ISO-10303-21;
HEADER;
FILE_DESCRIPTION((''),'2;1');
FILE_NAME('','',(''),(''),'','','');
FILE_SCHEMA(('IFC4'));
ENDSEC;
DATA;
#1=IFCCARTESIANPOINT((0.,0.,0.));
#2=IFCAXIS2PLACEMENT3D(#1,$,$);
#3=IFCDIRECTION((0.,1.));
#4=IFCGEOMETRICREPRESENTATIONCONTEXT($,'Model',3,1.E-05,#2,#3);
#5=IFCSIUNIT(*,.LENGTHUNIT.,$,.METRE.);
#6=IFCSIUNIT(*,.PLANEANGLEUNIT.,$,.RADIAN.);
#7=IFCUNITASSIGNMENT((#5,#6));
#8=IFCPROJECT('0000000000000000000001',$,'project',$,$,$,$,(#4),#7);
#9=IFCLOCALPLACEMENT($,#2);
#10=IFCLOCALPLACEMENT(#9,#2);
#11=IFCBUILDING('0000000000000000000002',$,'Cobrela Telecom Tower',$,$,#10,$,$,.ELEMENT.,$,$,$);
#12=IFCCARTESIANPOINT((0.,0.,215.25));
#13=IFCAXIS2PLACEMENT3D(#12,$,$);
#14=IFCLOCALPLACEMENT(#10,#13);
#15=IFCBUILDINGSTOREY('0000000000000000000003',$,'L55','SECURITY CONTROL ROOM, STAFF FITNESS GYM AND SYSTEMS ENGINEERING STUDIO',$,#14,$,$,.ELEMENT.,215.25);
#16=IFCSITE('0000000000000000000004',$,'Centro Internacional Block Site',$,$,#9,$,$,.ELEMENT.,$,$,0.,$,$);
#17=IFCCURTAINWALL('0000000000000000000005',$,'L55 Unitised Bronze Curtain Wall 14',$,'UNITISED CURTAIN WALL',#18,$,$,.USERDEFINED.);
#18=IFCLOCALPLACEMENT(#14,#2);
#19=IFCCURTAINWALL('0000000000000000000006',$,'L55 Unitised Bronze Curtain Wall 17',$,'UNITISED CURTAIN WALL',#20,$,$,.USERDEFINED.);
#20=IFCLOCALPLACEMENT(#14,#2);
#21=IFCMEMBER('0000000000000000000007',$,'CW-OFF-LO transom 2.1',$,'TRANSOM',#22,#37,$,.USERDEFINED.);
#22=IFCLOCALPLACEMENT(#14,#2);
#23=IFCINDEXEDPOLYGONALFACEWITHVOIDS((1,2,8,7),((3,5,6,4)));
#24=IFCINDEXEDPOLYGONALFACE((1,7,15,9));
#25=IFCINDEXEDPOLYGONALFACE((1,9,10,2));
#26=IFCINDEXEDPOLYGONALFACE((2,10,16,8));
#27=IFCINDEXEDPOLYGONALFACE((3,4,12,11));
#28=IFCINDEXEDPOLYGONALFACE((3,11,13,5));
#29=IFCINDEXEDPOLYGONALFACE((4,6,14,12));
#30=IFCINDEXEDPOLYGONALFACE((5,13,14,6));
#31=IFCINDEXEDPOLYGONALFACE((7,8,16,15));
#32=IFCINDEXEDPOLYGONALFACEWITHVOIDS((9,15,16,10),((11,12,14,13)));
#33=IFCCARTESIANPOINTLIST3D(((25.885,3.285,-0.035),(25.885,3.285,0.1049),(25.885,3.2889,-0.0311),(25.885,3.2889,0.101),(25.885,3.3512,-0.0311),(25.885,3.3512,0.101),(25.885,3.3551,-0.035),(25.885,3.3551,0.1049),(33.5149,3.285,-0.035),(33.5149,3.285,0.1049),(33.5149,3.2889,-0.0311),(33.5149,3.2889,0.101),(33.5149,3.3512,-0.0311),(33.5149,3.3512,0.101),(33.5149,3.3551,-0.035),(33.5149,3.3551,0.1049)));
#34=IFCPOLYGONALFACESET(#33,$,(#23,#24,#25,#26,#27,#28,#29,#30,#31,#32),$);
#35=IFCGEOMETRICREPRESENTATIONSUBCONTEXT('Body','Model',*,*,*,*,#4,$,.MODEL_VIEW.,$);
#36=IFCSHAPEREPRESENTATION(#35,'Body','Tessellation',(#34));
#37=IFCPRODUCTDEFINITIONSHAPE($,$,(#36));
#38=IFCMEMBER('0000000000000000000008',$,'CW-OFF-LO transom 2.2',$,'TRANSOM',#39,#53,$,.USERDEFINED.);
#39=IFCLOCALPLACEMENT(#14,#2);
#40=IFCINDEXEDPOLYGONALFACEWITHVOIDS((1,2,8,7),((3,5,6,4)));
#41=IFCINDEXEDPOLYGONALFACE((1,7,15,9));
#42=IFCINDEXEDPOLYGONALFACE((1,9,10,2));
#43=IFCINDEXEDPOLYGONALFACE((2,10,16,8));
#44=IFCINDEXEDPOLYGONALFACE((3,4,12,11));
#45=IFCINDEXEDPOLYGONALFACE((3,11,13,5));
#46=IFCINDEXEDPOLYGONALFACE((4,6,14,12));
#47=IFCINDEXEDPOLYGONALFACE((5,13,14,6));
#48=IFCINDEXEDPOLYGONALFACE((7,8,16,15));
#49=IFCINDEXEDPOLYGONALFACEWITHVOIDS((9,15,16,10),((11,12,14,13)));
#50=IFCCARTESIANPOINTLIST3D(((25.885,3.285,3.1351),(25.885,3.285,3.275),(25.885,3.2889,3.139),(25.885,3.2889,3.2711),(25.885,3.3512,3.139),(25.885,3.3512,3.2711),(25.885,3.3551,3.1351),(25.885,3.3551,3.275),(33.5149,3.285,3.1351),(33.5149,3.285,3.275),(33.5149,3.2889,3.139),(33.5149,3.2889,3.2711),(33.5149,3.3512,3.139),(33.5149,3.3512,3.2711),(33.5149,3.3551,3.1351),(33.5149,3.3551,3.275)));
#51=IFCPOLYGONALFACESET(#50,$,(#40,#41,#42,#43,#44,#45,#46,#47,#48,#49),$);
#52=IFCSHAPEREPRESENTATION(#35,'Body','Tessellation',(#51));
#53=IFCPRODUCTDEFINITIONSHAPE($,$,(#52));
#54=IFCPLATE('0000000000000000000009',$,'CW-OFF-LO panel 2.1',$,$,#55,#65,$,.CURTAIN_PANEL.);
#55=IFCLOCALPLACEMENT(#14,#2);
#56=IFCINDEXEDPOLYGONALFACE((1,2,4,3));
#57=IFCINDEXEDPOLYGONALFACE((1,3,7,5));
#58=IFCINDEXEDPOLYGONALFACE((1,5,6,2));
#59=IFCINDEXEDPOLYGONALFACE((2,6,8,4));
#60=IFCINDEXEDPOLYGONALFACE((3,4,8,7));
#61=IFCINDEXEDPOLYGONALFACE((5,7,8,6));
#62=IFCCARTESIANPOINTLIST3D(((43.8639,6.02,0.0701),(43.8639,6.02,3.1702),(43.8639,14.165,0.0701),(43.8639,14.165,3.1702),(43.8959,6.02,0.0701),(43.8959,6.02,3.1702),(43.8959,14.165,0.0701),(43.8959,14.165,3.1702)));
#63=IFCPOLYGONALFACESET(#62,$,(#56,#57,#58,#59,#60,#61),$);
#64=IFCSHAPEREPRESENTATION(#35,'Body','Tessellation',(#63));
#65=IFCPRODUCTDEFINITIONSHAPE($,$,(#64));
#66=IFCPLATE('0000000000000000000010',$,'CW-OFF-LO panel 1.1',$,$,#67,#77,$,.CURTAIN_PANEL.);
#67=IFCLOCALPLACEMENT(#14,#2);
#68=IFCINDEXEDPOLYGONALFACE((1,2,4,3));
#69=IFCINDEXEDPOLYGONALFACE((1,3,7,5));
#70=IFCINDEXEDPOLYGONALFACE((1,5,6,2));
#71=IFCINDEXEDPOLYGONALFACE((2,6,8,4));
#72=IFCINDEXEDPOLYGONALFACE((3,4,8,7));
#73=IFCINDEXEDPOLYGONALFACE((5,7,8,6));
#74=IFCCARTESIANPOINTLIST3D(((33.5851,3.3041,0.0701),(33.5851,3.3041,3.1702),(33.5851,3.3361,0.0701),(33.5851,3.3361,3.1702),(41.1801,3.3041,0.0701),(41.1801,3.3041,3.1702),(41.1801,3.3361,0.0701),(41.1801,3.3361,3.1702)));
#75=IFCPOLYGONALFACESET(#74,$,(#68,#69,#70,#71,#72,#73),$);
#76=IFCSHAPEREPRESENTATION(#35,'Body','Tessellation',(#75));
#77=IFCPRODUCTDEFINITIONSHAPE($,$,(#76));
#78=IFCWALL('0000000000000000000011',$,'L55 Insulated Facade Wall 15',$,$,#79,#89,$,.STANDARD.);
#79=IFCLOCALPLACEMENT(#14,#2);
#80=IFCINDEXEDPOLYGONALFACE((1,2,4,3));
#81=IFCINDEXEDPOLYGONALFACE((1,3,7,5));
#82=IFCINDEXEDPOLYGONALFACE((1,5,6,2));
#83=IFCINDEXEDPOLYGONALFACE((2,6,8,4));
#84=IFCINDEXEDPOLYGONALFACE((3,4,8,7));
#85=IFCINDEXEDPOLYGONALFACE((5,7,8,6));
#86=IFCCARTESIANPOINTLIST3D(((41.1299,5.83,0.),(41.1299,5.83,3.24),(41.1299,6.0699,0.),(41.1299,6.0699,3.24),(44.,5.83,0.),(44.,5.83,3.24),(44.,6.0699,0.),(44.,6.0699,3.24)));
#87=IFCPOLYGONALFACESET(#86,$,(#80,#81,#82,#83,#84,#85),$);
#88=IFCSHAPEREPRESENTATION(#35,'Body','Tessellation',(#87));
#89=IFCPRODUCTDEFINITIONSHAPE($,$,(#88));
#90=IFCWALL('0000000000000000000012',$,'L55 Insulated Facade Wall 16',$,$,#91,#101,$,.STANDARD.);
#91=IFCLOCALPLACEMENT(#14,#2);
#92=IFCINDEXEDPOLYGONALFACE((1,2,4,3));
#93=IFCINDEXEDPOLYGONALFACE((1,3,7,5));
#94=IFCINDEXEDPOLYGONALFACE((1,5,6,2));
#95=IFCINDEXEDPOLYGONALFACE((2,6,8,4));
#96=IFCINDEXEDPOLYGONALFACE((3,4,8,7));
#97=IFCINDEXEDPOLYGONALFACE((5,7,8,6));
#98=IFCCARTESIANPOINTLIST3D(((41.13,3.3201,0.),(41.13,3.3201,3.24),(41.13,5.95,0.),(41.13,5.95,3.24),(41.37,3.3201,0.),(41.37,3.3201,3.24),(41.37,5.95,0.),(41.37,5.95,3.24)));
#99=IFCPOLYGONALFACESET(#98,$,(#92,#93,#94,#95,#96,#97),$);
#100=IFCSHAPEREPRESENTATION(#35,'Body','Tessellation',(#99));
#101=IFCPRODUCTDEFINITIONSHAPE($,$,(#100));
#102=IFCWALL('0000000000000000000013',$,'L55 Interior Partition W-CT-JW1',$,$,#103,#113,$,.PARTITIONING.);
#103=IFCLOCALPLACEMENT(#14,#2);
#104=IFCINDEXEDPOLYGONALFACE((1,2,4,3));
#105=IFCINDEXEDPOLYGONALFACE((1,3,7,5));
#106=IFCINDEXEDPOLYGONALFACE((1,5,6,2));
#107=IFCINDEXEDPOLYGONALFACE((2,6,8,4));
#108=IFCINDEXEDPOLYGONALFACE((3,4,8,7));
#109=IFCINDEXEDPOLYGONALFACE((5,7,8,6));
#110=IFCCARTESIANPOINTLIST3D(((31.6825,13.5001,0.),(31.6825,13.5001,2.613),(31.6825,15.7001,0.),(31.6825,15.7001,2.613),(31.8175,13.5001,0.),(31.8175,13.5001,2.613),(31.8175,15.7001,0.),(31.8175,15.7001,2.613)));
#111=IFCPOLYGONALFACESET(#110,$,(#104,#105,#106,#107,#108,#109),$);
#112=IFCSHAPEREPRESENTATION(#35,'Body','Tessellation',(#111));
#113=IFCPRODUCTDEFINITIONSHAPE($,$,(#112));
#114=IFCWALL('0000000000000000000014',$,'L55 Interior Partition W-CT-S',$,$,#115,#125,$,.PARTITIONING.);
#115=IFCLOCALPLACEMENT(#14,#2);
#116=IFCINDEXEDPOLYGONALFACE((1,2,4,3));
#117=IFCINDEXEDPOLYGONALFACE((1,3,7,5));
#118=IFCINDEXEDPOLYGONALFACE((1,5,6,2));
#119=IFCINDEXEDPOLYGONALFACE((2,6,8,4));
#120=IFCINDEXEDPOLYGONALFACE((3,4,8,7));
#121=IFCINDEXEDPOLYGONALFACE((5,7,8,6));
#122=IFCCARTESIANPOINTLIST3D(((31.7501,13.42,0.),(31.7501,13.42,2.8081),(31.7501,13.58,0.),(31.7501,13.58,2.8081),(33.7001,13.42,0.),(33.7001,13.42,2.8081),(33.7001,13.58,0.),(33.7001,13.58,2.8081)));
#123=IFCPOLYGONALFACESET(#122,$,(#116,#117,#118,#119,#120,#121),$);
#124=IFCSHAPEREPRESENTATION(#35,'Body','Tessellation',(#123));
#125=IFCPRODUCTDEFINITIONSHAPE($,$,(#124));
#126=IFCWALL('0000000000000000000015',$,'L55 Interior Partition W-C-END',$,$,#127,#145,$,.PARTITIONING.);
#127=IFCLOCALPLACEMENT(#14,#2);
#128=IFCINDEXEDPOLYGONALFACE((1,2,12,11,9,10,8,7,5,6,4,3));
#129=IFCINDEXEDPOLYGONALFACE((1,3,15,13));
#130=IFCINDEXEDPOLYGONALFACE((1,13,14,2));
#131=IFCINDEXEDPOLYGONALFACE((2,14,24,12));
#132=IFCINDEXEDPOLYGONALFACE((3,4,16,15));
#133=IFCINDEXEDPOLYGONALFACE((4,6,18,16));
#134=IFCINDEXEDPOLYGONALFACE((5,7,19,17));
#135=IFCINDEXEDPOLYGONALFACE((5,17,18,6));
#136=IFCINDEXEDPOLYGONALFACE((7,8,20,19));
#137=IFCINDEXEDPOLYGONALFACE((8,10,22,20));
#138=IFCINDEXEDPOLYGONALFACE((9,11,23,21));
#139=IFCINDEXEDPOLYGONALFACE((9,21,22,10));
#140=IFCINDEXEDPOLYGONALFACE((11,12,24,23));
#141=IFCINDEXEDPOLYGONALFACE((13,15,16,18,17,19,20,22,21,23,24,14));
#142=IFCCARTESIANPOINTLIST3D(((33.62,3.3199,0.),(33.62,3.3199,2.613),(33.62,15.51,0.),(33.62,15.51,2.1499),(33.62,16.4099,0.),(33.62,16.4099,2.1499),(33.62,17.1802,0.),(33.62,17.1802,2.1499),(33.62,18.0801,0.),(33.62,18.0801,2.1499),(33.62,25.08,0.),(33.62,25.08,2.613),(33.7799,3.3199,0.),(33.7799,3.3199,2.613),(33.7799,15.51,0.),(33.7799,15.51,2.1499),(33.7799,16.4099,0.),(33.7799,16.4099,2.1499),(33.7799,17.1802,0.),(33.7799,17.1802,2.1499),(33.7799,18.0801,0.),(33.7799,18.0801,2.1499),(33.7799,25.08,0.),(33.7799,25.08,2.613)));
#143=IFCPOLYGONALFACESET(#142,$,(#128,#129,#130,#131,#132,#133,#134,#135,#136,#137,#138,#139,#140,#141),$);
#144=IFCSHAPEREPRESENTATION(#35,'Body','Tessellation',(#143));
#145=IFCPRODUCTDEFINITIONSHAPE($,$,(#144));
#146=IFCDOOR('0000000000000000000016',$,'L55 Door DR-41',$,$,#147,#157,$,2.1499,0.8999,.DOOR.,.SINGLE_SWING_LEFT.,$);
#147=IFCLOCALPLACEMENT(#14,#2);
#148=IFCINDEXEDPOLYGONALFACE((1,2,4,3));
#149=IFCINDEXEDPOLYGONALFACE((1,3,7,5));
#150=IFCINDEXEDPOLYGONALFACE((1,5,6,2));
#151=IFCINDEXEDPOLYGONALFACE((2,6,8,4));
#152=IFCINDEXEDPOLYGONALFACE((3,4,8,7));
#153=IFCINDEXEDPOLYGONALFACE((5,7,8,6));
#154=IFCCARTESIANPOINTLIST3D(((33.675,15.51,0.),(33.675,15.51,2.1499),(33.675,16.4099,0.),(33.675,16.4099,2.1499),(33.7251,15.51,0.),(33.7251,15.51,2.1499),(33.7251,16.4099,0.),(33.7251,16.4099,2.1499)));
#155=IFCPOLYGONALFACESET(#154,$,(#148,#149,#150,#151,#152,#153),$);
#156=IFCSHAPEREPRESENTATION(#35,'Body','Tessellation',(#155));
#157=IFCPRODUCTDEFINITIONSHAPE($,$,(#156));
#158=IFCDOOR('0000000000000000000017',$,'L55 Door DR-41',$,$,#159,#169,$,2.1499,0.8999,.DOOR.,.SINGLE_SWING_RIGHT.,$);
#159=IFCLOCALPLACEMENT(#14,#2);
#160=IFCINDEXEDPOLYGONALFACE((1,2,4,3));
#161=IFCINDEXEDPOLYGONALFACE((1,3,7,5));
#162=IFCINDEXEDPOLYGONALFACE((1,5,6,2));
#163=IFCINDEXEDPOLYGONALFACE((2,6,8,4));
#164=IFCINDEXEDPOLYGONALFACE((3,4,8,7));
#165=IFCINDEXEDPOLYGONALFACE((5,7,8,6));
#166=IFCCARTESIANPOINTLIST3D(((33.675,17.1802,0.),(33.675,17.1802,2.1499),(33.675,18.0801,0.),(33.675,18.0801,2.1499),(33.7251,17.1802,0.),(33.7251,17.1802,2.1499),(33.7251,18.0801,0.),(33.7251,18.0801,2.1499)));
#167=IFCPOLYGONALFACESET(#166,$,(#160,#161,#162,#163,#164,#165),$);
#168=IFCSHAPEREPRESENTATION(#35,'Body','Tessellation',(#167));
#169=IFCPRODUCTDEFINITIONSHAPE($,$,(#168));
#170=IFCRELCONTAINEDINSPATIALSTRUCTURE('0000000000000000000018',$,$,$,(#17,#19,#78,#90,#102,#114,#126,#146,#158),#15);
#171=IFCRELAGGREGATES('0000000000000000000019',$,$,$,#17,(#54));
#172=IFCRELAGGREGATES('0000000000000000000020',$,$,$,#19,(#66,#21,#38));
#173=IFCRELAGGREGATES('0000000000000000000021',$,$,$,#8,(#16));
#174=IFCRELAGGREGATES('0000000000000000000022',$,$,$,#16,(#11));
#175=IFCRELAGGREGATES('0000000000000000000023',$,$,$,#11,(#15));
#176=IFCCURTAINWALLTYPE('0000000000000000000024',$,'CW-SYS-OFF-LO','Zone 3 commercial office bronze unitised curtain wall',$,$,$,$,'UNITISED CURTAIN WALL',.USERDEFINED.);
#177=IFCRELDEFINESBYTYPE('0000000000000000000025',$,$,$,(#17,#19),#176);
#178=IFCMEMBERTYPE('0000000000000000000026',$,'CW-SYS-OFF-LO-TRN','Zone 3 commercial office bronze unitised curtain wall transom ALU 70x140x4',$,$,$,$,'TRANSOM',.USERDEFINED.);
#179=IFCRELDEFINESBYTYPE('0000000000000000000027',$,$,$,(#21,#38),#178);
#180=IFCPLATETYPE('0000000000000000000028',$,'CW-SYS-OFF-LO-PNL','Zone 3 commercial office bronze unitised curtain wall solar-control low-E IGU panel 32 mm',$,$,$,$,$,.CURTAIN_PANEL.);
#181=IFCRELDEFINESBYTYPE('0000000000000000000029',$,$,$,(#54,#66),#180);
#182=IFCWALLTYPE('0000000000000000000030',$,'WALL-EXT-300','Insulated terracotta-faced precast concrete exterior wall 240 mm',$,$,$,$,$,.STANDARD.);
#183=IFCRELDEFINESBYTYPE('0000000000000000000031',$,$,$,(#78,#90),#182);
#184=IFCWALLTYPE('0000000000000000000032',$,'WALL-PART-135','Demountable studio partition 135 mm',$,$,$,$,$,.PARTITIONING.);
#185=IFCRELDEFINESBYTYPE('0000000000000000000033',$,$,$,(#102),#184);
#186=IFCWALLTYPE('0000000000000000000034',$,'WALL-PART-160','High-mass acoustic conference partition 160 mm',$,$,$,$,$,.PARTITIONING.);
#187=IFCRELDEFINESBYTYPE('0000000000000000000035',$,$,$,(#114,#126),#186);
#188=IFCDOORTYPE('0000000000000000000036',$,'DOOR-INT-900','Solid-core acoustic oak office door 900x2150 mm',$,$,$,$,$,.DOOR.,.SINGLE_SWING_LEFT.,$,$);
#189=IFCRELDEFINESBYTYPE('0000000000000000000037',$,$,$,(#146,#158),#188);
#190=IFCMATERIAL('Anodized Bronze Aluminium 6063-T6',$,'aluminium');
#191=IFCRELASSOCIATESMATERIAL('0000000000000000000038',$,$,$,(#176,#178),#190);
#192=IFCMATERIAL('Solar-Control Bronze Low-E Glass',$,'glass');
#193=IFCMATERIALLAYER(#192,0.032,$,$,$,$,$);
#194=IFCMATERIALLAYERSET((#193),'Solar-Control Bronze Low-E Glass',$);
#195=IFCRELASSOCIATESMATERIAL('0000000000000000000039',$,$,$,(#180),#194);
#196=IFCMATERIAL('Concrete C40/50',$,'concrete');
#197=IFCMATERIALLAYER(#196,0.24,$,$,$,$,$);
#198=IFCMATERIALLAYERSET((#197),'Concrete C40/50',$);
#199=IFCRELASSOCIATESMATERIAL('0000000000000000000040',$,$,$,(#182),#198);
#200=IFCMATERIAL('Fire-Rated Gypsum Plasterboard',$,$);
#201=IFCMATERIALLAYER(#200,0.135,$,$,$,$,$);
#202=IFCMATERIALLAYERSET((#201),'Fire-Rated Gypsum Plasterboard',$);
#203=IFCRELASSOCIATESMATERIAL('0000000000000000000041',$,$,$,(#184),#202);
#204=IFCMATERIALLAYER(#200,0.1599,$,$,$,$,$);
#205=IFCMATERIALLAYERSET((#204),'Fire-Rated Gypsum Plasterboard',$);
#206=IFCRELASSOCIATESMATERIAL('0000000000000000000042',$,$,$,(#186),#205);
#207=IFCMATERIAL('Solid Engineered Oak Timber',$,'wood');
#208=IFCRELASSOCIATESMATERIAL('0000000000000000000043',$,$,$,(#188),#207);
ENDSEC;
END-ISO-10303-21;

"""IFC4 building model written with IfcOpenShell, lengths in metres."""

from ifc_helpers import new_model, si_unit, direction, frame, frame_2d, origin, origin_2d, place, context, subcontext, project, spatial, rectangle, hollow_rectangle, extrude, material, layer, layer_set, material_profile, profile_set, type_object, element, fill, aggregate, save


model = new_model("IFC4")

# Units and contexts
model_context = context("Model", 3, precision=1e-05, world=origin(), true_north=direction((0.0, 1.0)))
body_context = subcontext(model_context, "Body", "Model", "MODEL_VIEW")
ifc_project = project(units=[si_unit("LENGTHUNIT", "METRE"), si_unit("PLANEANGLEUNIT", "RADIAN")], contexts=[model_context])

# Site, building, storey
site_placement = place(None, origin())
site = spatial("IfcSite", under=ifc_project, at=site_placement, Name="Centro Internacional Block Site", CompositionType="ELEMENT", RefElevation=0.0)
building_placement = place(site_placement, origin())
building = spatial("IfcBuilding", under=site, at=building_placement, Name="Cobrela Telecom Tower", CompositionType="ELEMENT")
storey_placement = place(building_placement, frame((0.0, 0.0, 215.25)))
storey = spatial("IfcBuildingStorey", under=building, at=storey_placement, Name="L55", Description="SECURITY CONTROL ROOM, STAFF FITNESS GYM AND SYSTEMS ENGINEERING STUDIO", CompositionType="ELEMENT", Elevation=215.25)

# Curtain walls
ifc_material_1 = material(Name="Anodized Bronze Aluminium 6063-T6", Category="aluminium")
curtain_wall_type = type_object("IfcCurtainWallType", Name="CW-SYS-OFF-LO", Description="Zone 3 commercial office bronze unitised curtain wall", ElementType="UNITISED CURTAIN WALL", PredefinedType="USERDEFINED", material=ifc_material_1)
curtain_wall_1_placement = place(storey_placement, origin())
curtain_wall_1 = element("IfcCurtainWall", 1, at=curtain_wall_1_placement, inside=storey, type_object=curtain_wall_type, Name="L55 Unitised Bronze Curtain Wall 14", ObjectType="UNITISED CURTAIN WALL", PredefinedType="USERDEFINED")
curtain_wall_2_placement = place(storey_placement, origin())
curtain_wall_2 = element("IfcCurtainWall", 2, at=curtain_wall_2_placement, inside=storey, type_object=curtain_wall_type, Name="L55 Unitised Bronze Curtain Wall 17", ObjectType="UNITISED CURTAIN WALL", PredefinedType="USERDEFINED")

# Members
ifc_material_profile_1 = material_profile(ifc_material_1, hollow_rectangle(XDim=0.0701, YDim=0.1399, WallThickness=0.0039, at=origin_2d()), Name="ALU 70x140x4")
ifc_profile_set_1 = profile_set([ifc_material_profile_1], Name="Anodized Bronze Aluminium 6063-T6")
member_type_1 = type_object("IfcMemberType", Name="CW-SYS-OFF-LO-TRN", Description="Zone 3 commercial office bronze unitised curtain wall transom ALU 70x140x4", ElementType="TRANSOM", PredefinedType="USERDEFINED", material=ifc_profile_set_1)
member_1_placement = place(storey_placement, frame((33.5149, 3.3201, 0.0349), z_axis=(-1.0, 0.0, 0.0), x_axis=(0.0, -1.0, 0.0)))
member_1 = element("IfcMember", 3, at=member_1_placement, type_object=member_type_1, Name="CW-OFF-LO transom 2.1", ObjectType="TRANSOM", PredefinedType="USERDEFINED", context=body_context, shape_type="SweptSolid", body=[
    extrude(hollow_rectangle(XDim=0.0701, YDim=0.1399, WallThickness=0.0039, at=origin_2d()), origin(), (0.0, 0.0, 1.0), 7.6299),
])
member_2_placement = place(storey_placement, frame((33.5149, 3.3201, 3.2051), z_axis=(-1.0, 0.0, 0.0), x_axis=(0.0, -1.0, 0.0)))
member_2 = element("IfcMember", 4, at=member_2_placement, type_object=member_type_1, Name="CW-OFF-LO transom 2.2", ObjectType="TRANSOM", PredefinedType="USERDEFINED", context=body_context, shape_type="SweptSolid", body=[
    extrude(hollow_rectangle(XDim=0.0701, YDim=0.1399, WallThickness=0.0039, at=origin_2d()), origin(), (0.0, 0.0, 1.0), 7.6299),
])

# Plates
ifc_material_2 = material(Name="Solar-Control Bronze Low-E Glass", Category="glass")
ifc_layer_1 = layer(ifc_material_2, 0.032)
ifc_layer_set_1 = layer_set([ifc_layer_1], Name="Solar-Control Bronze Low-E Glass")
plate_type = type_object("IfcPlateType", Name="CW-SYS-OFF-LO-PNL", Description="Zone 3 commercial office bronze unitised curtain wall solar-control low-E IGU panel 32 mm", PredefinedType="CURTAIN_PANEL", material=ifc_layer_set_1)
plate_1_placement = place(storey_placement, frame((43.8799, 10.0925, 0.0701), z_axis=(0.0, 0.0, 1.0), x_axis=(0.0, -1.0, 0.0)))
plate_1 = element("IfcPlate", 5, at=plate_1_placement, type_object=plate_type, Name="CW-OFF-LO panel 2.1", PredefinedType="CURTAIN_PANEL", context=body_context, shape_type="SweptSolid", body=[
    extrude(rectangle(XDim=8.145, YDim=0.032, at=origin_2d()), origin(), (0.0, 0.0, 1.0), 3.1001),
])
aggregate(curtain_wall_1, [plate_1])
plate_2_placement = place(storey_placement, frame((37.3826, 3.3201, 0.0701), z_axis=(0.0, 0.0, 1.0), x_axis=(-1.0, 0.0, 0.0)))
plate_2 = element("IfcPlate", 6, at=plate_2_placement, type_object=plate_type, Name="CW-OFF-LO panel 1.1", PredefinedType="CURTAIN_PANEL", context=body_context, shape_type="SweptSolid", body=[
    extrude(rectangle(XDim=7.595, YDim=0.032, at=origin_2d()), origin(), (0.0, 0.0, 1.0), 3.1001),
])
aggregate(curtain_wall_2, [plate_2, member_1, member_2])

# Walls
ifc_material_3 = material(Name="Concrete C40/50", Category="concrete")
ifc_layer_2 = layer(ifc_material_3, 0.24)
ifc_layer_set_2 = layer_set([ifc_layer_2], Name="Concrete C40/50")
wall_type_1 = type_object("IfcWallType", Name="WALL-EXT-300", Description="Insulated terracotta-faced precast concrete exterior wall 240 mm", PredefinedType="STANDARD", material=ifc_layer_set_2)
wall_1_placement = place(storey_placement, frame((44.0, 5.95, 0.0), z_axis=(0.0, 0.0, 1.0), x_axis=(-1.0, 0.0, 0.0)))
element("IfcWall", 7, at=wall_1_placement, inside=storey, type_object=wall_type_1, Name="L55 Insulated Facade Wall 15", PredefinedType="STANDARD", context=body_context, shape_type="SweptSolid", body=[
    extrude(rectangle(XDim=2.8701, YDim=0.24, at=frame_2d((1.4351, 0.0))), origin(), (0.0, 0.0, 1.0), 3.24),
])
wall_2_placement = place(storey_placement, frame((41.25, 5.95, 0.0), z_axis=(0.0, 0.0, 1.0), x_axis=(0.0, -1.0, 0.0)))
element("IfcWall", 8, at=wall_2_placement, inside=storey, type_object=wall_type_1, Name="L55 Insulated Facade Wall 16", PredefinedType="STANDARD", context=body_context, shape_type="SweptSolid", body=[
    extrude(rectangle(XDim=2.6299, YDim=0.24, at=frame_2d((1.3149, 0.0))), origin(), (0.0, 0.0, 1.0), 3.24),
])
ifc_material_4 = material(Name="Fire-Rated Gypsum Plasterboard")
ifc_layer_3 = layer(ifc_material_4, 0.135)
ifc_layer_set_3 = layer_set([ifc_layer_3], Name="Fire-Rated Gypsum Plasterboard")
wall_type_2 = type_object("IfcWallType", Name="WALL-PART-135", Description="Demountable studio partition 135 mm", PredefinedType="PARTITIONING", material=ifc_layer_set_3)
wall_3_placement = place(storey_placement, frame((31.75, 13.5, 0.0), z_axis=(0.0, 0.0, 1.0), x_axis=(0.0, 1.0, 0.0)))
element("IfcWall", 9, at=wall_3_placement, inside=storey, type_object=wall_type_2, Name="L55 Interior Partition W-CT-JW1", PredefinedType="PARTITIONING", context=body_context, shape_type="SweptSolid", body=[
    extrude(rectangle(XDim=2.2, YDim=0.135, at=frame_2d((1.1001, 0.0))), origin(), (0.0, 0.0, 1.0), 2.613),
])
ifc_layer_4 = layer(ifc_material_4, 0.1599)
ifc_layer_set_4 = layer_set([ifc_layer_4], Name="Fire-Rated Gypsum Plasterboard")
wall_type_3 = type_object("IfcWallType", Name="WALL-PART-160", Description="High-mass acoustic conference partition 160 mm", PredefinedType="PARTITIONING", material=ifc_layer_set_4)
wall_4_placement = place(storey_placement, frame((31.75, 13.5, 0.0), z_axis=(0.0, 0.0, 1.0), x_axis=(1.0, 0.0, 0.0)))
element("IfcWall", 10, at=wall_4_placement, inside=storey, type_object=wall_type_3, Name="L55 Interior Partition W-CT-S", PredefinedType="PARTITIONING", context=body_context, shape_type="SweptSolid", body=[
    extrude(rectangle(XDim=1.95, YDim=0.1599, at=frame_2d((0.9751, 0.0))), origin(), (0.0, 0.0, 1.0), 2.8081),
])

# Wall, openings, doors
wall_5_placement = place(storey_placement, frame((33.7, 3.3201, 0.0), z_axis=(0.0, 0.0, 1.0), x_axis=(0.0, 1.0, 0.0)))
wall_5 = element("IfcWall", 11, at=wall_5_placement, inside=storey, type_object=wall_type_3, Name="L55 Interior Partition W-C-END", PredefinedType="PARTITIONING", context=body_context, shape_type="SweptSolid", body=[
    extrude(rectangle(XDim=21.76, YDim=0.1599, at=frame_2d((10.8799, 0.0))), origin(), (0.0, 0.0, 1.0), 2.613),
])
opening_1_placement = place(wall_5_placement, frame((12.1899, 0.0, 0.0)))
opening_1 = element("IfcOpeningElement", 12, at=opening_1_placement, cuts=wall_5, PredefinedType="OPENING", context=body_context, shape_type="SweptSolid", body=[
    extrude(rectangle(XDim=0.8999, YDim=2.1499, at=frame_2d((0.45, 1.075))), frame((0.0, 0.0918, 0.0), z_axis=(0.0, -1.0, 0.0), x_axis=(1.0, 0.0, 0.0)), (0.0, 0.0, 1.0), 0.1838),
])
opening_2_placement = place(wall_5_placement, frame((13.8601, 0.0, 0.0)))
opening_2 = element("IfcOpeningElement", 13, at=opening_2_placement, cuts=wall_5, PredefinedType="OPENING", context=body_context, shape_type="SweptSolid", body=[
    extrude(rectangle(XDim=0.8999, YDim=2.1499, at=frame_2d((0.45, 1.075))), frame((0.0, 0.0918, 0.0), z_axis=(0.0, -1.0, 0.0), x_axis=(1.0, 0.0, 0.0)), (0.0, 0.0, 1.0), 0.1838),
])
ifc_material_5 = material(Name="Solid Engineered Oak Timber", Category="wood")
door_type = type_object("IfcDoorType", Name="DOOR-INT-900", Description="Solid-core acoustic oak office door 900x2150 mm", OperationType="SINGLE_SWING_LEFT", PredefinedType="DOOR", material=ifc_material_5)
door_1_placement = place(opening_1_placement, origin())
door_1 = element("IfcDoor", 14, at=door_1_placement, inside=storey, type_object=door_type, Name="L55 Door DR-41", OperationType="SINGLE_SWING_LEFT", OverallHeight=2.1499, OverallWidth=0.8999, PredefinedType="DOOR", context=body_context, shape_type="SweptSolid", body=[
    extrude(rectangle(XDim=0.8999, YDim=2.1499, at=frame_2d((0.45, 1.075))), frame((0.0, 0.0249, 0.0), z_axis=(0.0, -1.0, 0.0), x_axis=(1.0, 0.0, 0.0)), (0.0, 0.0, 1.0), 0.05),
])
fill(opening_1, door_1)
door_2_placement = place(opening_2_placement, origin())
door_2 = element("IfcDoor", 15, at=door_2_placement, inside=storey, type_object=door_type, Name="L55 Door DR-41", OperationType="SINGLE_SWING_RIGHT", OverallHeight=2.1499, OverallWidth=0.8999, PredefinedType="DOOR", context=body_context, shape_type="SweptSolid", body=[
    extrude(rectangle(XDim=0.8999, YDim=2.1499, at=frame_2d((0.45, 1.075))), frame((0.0, 0.0249, 0.0), z_axis=(0.0, -1.0, 0.0), x_axis=(1.0, 0.0, 0.0)), (0.0, 0.0, 1.0), 0.05),
])
fill(opening_2, door_2)

save(model, "model.ifc")
